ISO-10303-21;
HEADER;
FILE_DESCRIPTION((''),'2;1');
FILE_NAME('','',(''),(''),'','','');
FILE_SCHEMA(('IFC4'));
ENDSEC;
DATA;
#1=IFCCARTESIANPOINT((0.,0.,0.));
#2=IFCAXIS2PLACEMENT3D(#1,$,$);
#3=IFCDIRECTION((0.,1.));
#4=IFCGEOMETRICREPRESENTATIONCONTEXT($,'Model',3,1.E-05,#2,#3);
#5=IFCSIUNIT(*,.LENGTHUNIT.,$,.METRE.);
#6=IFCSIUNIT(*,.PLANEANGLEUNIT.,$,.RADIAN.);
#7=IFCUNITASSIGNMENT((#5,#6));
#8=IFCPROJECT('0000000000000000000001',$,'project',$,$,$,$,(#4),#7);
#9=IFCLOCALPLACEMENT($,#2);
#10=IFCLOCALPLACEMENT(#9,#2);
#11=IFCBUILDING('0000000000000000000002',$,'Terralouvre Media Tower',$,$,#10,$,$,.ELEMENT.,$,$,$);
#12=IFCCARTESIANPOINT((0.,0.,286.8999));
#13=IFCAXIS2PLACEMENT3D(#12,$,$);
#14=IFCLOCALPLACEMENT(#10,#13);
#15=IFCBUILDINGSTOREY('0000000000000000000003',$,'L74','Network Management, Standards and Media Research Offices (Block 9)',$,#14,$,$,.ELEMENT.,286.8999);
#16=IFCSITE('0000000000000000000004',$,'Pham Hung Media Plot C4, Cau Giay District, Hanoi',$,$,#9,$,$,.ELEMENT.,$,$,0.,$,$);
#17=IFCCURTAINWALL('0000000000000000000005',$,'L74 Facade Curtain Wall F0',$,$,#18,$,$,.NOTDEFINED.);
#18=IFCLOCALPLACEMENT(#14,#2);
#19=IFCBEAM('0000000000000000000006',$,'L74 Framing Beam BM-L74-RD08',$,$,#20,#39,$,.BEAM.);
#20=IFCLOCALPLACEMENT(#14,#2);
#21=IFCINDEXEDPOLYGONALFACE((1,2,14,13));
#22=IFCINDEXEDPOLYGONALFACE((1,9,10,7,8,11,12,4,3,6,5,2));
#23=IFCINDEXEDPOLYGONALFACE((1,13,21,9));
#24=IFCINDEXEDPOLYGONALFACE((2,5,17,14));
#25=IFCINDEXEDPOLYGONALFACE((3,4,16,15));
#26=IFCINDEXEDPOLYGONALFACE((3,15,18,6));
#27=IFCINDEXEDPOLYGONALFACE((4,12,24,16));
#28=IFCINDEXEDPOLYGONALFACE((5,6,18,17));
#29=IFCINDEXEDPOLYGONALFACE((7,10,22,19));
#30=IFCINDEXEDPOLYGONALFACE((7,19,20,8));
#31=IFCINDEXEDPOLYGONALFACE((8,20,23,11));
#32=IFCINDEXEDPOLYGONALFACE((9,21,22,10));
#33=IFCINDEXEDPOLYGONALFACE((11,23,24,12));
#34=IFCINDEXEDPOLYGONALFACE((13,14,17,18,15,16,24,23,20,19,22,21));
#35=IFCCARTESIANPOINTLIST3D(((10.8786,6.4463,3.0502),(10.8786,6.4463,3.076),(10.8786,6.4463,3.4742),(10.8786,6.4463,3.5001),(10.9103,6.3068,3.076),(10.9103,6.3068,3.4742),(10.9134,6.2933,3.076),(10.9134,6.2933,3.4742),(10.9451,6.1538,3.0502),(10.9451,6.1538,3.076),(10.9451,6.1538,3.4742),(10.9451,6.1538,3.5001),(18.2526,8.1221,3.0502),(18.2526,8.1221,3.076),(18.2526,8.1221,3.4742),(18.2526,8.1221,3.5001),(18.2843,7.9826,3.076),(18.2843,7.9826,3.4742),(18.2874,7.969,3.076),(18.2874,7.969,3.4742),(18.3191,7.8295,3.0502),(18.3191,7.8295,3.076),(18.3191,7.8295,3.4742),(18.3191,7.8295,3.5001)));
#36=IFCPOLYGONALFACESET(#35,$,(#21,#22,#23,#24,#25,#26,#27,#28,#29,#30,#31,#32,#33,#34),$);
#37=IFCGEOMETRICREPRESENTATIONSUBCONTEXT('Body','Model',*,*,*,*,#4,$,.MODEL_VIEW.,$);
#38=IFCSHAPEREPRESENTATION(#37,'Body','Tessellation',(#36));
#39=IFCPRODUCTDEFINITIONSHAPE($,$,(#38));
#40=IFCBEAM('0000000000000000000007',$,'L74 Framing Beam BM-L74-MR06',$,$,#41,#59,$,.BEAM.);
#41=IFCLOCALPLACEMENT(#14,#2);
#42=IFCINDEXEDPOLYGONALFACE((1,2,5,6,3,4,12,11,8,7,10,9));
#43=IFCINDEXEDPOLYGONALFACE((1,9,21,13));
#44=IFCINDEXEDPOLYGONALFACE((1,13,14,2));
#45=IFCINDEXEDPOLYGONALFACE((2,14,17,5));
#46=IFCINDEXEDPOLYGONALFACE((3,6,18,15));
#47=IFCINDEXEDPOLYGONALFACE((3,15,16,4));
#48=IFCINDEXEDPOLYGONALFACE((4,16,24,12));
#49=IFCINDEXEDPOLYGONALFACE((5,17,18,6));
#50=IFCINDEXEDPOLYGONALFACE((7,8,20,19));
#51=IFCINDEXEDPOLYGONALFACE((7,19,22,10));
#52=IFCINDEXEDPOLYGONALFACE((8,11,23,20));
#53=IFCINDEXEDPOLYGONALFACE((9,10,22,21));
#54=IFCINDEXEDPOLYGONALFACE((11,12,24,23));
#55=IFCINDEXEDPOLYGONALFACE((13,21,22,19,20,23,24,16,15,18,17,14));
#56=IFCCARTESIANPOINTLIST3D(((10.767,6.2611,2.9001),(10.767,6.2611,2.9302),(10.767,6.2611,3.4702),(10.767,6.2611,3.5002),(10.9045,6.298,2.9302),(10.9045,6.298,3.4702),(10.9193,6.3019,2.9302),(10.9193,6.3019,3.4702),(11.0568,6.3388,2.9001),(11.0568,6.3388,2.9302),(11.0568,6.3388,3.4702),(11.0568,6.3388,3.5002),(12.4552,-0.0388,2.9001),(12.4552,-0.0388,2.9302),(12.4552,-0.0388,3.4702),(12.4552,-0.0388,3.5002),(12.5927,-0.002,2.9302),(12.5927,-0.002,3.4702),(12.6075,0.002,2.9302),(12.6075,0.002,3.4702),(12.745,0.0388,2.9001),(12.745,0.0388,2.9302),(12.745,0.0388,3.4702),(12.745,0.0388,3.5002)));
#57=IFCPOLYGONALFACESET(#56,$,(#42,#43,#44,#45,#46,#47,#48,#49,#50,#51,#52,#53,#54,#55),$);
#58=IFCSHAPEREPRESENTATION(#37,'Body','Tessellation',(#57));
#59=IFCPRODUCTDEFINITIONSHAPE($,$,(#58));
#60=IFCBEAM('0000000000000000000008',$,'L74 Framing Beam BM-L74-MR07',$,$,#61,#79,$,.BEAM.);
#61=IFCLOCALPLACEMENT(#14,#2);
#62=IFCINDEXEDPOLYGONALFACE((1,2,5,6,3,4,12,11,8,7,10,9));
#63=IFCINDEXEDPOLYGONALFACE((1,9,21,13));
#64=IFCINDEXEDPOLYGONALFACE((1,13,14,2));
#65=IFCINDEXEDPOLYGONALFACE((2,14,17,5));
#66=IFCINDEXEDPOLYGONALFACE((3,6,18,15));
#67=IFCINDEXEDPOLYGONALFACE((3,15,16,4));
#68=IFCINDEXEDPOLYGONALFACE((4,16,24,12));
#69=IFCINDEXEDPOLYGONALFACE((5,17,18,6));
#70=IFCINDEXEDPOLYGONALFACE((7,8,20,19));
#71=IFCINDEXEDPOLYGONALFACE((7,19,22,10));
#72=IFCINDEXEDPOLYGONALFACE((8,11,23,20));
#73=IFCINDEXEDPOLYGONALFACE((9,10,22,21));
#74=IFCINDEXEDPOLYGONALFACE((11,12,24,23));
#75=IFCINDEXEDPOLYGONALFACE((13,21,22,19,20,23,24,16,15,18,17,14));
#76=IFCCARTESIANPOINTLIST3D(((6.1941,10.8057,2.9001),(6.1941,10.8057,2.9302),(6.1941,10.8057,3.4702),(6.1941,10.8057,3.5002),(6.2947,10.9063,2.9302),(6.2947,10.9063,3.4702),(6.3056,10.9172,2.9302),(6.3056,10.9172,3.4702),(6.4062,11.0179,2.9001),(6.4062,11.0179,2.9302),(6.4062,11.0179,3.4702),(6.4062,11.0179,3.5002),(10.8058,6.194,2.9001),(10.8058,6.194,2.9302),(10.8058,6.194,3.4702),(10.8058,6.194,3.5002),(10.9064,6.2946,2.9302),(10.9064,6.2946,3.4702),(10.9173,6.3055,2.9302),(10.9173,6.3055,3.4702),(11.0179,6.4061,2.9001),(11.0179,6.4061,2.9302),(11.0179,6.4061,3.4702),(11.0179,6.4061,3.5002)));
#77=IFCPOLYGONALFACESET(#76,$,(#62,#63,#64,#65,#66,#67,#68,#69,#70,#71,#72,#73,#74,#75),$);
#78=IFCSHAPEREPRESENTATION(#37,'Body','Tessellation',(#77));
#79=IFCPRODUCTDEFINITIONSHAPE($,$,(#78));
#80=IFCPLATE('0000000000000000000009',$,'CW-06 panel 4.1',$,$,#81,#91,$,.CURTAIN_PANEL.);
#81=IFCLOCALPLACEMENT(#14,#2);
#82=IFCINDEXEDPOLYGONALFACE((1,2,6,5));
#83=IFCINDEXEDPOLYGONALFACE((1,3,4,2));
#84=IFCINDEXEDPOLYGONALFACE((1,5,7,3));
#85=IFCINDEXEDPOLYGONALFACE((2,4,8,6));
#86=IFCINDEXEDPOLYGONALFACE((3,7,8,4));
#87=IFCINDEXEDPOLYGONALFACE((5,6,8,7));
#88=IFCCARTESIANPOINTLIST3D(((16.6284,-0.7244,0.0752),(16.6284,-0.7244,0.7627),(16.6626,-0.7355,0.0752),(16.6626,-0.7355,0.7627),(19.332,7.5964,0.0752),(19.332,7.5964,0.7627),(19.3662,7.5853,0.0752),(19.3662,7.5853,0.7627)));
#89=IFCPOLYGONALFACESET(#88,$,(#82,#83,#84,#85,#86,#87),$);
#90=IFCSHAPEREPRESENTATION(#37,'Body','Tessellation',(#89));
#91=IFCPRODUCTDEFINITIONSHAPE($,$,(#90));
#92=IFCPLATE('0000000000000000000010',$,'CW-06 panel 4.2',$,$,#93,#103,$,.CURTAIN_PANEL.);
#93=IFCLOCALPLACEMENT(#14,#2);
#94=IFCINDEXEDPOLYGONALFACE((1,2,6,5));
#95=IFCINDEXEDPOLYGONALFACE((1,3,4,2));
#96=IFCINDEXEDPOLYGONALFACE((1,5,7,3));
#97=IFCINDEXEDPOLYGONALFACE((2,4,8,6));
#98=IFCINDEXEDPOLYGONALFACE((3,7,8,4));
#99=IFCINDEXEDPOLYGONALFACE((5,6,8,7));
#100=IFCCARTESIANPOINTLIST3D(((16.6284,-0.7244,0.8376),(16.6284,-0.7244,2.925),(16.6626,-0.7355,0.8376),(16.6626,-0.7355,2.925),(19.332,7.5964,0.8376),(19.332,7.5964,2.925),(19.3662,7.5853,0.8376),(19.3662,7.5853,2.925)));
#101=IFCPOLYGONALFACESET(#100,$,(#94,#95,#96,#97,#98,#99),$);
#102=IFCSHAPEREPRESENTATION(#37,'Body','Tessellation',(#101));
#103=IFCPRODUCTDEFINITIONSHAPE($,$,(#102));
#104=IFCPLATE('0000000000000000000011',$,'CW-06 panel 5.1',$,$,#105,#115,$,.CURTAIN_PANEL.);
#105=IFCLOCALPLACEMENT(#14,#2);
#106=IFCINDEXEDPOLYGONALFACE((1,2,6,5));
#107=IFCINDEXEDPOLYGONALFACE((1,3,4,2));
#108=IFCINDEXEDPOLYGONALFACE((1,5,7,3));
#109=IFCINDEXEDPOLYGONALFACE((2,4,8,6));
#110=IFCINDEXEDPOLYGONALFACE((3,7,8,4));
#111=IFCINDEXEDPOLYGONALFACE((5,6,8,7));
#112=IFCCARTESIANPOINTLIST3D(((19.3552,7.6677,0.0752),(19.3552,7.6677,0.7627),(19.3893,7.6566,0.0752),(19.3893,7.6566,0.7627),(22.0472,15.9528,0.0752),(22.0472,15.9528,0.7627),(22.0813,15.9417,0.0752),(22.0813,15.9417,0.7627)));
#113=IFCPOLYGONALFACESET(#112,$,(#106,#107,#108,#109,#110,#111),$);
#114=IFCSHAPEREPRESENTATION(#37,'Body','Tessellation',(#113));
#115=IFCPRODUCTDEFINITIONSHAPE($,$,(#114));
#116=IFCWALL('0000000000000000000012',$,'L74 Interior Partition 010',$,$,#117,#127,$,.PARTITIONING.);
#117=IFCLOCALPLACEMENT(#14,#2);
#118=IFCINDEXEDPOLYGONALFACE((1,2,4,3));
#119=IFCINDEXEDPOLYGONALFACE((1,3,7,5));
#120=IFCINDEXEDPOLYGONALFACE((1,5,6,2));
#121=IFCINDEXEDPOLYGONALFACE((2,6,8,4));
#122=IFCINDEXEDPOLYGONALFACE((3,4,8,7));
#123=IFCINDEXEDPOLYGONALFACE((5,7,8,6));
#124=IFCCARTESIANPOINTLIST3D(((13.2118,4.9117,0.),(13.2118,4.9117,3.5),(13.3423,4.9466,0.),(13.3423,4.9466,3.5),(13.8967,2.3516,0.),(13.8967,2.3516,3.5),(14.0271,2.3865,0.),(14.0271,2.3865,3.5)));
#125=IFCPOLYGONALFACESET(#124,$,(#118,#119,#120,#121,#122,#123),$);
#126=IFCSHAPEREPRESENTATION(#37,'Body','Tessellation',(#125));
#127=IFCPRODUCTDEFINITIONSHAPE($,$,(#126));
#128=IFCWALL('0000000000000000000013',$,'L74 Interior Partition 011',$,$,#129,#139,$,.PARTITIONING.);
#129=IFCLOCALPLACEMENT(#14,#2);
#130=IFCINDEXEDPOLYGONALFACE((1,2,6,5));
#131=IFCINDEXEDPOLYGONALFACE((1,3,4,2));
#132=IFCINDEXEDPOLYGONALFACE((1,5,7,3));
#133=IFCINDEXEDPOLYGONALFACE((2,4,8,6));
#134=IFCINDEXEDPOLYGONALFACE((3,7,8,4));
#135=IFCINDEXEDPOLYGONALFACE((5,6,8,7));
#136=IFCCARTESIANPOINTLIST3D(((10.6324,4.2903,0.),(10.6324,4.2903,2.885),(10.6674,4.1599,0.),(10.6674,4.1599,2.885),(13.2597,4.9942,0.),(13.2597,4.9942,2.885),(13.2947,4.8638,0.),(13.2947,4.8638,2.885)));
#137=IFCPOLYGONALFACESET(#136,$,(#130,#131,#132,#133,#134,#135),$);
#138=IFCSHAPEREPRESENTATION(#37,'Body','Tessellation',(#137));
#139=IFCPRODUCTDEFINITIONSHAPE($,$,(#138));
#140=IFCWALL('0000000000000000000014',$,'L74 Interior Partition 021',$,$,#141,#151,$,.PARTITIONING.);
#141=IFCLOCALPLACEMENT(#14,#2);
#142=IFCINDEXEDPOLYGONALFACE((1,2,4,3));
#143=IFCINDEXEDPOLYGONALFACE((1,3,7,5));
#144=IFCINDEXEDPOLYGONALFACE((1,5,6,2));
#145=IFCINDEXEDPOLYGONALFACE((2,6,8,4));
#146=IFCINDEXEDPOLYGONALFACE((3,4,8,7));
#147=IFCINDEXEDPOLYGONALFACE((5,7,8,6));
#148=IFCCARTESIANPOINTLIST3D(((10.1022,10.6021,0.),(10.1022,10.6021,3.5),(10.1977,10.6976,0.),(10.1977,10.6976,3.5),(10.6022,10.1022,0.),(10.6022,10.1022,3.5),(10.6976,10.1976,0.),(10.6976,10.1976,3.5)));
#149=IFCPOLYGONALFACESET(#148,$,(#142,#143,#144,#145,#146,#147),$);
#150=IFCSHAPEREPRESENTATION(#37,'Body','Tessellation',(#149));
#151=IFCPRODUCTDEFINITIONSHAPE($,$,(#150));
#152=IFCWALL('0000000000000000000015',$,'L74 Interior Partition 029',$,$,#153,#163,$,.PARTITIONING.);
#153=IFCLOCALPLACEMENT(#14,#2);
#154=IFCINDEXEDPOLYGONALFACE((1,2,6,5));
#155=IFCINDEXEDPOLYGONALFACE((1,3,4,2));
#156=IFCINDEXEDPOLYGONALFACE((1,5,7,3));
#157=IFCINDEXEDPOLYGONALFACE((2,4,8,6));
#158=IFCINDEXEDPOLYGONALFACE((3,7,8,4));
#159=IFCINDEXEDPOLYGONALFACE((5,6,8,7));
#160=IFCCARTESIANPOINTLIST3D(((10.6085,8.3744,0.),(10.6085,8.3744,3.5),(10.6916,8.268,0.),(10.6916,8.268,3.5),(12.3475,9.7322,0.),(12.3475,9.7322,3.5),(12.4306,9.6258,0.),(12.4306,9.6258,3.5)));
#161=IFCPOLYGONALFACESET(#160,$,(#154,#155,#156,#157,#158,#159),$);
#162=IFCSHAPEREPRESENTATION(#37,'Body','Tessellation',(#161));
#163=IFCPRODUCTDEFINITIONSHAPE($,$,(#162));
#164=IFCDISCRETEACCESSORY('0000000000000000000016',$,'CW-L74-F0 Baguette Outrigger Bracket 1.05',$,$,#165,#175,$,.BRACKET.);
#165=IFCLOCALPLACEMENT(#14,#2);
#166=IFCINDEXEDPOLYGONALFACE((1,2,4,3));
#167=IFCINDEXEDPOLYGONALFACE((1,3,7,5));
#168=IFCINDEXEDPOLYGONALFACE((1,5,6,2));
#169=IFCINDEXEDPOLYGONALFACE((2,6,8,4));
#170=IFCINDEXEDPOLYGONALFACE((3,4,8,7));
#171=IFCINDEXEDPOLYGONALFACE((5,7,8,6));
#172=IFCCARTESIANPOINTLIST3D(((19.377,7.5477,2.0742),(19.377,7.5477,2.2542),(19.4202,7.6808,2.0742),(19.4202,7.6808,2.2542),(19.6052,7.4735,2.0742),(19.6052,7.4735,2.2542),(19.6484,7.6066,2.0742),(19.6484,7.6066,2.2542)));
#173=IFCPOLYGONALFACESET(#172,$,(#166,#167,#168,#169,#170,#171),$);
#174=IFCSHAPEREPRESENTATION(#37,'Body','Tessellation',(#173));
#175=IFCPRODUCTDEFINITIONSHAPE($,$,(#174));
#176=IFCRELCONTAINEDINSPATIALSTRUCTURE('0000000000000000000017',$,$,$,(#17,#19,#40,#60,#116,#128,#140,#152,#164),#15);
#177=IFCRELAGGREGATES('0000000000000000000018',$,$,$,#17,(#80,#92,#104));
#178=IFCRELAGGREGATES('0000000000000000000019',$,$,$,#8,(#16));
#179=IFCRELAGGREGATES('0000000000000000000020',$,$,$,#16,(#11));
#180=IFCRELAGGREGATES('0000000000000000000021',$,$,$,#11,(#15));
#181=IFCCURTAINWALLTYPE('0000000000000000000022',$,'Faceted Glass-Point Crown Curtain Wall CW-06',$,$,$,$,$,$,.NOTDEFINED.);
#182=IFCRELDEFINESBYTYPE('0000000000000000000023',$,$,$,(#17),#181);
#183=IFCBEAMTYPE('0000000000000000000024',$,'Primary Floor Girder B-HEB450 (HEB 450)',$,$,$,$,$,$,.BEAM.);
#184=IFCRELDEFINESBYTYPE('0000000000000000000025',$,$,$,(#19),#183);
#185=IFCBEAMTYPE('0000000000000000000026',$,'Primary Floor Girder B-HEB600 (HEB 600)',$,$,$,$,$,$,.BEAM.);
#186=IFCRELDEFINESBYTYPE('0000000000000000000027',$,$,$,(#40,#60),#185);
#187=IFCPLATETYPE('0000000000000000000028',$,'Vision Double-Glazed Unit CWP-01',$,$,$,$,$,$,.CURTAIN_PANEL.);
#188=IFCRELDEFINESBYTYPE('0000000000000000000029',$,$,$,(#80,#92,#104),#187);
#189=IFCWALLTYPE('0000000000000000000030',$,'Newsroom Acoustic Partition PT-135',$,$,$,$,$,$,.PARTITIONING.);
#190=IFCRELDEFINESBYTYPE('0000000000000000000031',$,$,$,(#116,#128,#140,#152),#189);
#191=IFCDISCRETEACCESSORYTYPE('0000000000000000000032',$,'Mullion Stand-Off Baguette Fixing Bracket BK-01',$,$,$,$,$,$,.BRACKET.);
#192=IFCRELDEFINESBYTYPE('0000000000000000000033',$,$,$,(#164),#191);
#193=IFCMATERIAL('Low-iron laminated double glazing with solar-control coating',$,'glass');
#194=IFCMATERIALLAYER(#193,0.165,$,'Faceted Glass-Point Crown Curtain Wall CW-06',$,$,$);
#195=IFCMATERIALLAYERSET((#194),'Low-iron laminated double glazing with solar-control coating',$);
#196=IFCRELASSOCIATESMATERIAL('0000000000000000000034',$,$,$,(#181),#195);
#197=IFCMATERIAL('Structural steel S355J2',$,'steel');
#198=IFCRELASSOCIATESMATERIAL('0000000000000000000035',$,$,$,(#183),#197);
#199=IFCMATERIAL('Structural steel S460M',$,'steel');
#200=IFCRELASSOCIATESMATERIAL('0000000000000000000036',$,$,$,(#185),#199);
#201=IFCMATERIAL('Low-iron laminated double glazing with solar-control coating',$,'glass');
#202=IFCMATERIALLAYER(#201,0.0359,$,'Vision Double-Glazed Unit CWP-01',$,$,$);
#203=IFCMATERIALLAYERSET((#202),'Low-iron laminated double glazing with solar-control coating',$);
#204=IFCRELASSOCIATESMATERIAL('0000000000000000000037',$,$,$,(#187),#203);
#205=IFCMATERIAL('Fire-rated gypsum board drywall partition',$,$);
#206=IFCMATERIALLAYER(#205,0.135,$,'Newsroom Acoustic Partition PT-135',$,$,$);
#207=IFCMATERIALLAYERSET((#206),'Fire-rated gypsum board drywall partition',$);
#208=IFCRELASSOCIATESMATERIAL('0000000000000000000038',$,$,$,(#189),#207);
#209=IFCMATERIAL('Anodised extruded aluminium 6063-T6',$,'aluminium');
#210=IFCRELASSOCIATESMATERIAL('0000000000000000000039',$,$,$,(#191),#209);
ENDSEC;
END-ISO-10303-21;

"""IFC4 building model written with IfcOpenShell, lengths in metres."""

from ifc_helpers import new_model, si_unit, direction, frame, frame_2d, origin, origin_2d, place, context, subcontext, project, spatial, rectangle, i_section, extrude, material, layer, layer_set, material_profile, profile_set, type_object, element, aggregate, save


model = new_model("IFC4")

# Units and contexts
model_context = context("Model", 3, precision=1e-05, world=origin(), true_north=direction((0.0, 1.0)))
body_context = subcontext(model_context, "Body", "Model", "MODEL_VIEW")
ifc_project = project(units=[si_unit("LENGTHUNIT", "METRE"), si_unit("PLANEANGLEUNIT", "RADIAN")], contexts=[model_context])

# Site, building, storey
site_placement = place(None, origin())
site = spatial("IfcSite", under=ifc_project, at=site_placement, Name="Pham Hung Media Plot C4, Cau Giay District, Hanoi", CompositionType="ELEMENT", RefElevation=0.0)
building_placement = place(site_placement, origin())
building = spatial("IfcBuilding", under=site, at=building_placement, Name="Terralouvre Media Tower", CompositionType="ELEMENT")
storey_placement = place(building_placement, frame((0.0, 0.0, 286.8999)))
storey = spatial("IfcBuildingStorey", under=building, at=storey_placement, Name="L74", Description="Network Management, Standards and Media Research Offices (Block 9)", CompositionType="ELEMENT", Elevation=286.8999)

# Curtain wall
ifc_material_1 = material(Name="Low-iron laminated double glazing with solar-control coating", Category="glass")
ifc_layer_1 = layer(ifc_material_1, 0.165, Name="Faceted Glass-Point Crown Curtain Wall CW-06")
ifc_layer_set_1 = layer_set([ifc_layer_1], Name="Low-iron laminated double glazing with solar-control coating")
curtain_wall_type = type_object("IfcCurtainWallType", Name="Faceted Glass-Point Crown Curtain Wall CW-06", PredefinedType="NOTDEFINED", material=ifc_layer_set_1)
curtain_wall_placement = place(storey_placement, origin())
curtain_wall = element("IfcCurtainWall", 1, at=curtain_wall_placement, inside=storey, type_object=curtain_wall_type, Name="L74 Facade Curtain Wall F0", PredefinedType="NOTDEFINED")

# Beams
ifc_material_2 = material(Name="Structural steel S355J2", Category="steel")
ifc_material_profile_1 = material_profile(ifc_material_2, i_section(OverallWidth=0.3, OverallDepth=0.45, WebThickness=0.0139, FlangeThickness=0.0259, at=origin_2d()), Name="HEB 450")
ifc_profile_set_1 = profile_set([ifc_material_profile_1], Name="Structural steel S355J2")
beam_type_1 = type_object("IfcBeamType", Name="Primary Floor Girder B-HEB450 (HEB 450)", PredefinedType="BEAM", material=ifc_profile_set_1)
beam_1_placement = place(storey_placement, frame((10.9119, 6.3, 3.2751), z_axis=(0.975137, 0.221604, 0.0), x_axis=(-0.221604, 0.975137, 0.0)))
element("IfcBeam", 2, at=beam_1_placement, inside=storey, type_object=beam_type_1, Name="L74 Framing Beam BM-L74-RD08", PredefinedType="BEAM", context=body_context, shape_type="SweptSolid", body=[
    extrude(i_section(OverallWidth=0.3, OverallDepth=0.45, WebThickness=0.0139, FlangeThickness=0.0259, at=origin_2d()), origin(), (0.0, 0.0, 1.0), 7.562),
])
ifc_material_3 = material(Name="Structural steel S460M", Category="steel")
ifc_material_profile_2 = material_profile(ifc_material_3, i_section(OverallWidth=0.3, OverallDepth=0.6001, WebThickness=0.0154, FlangeThickness=0.03, at=origin_2d()), Name="HEB 600")
ifc_profile_set_2 = profile_set([ifc_material_profile_2], Name="Structural steel S460M")
beam_type_2 = type_object("IfcBeamType", Name="Primary Floor Girder B-HEB600 (HEB 600)", PredefinedType="BEAM", material=ifc_profile_set_2)
beam_2_placement = place(storey_placement, frame((12.6001, 0.0, 3.2002), z_axis=(-0.258839, 0.96592, 0.0), x_axis=(-0.96592, -0.258839, 0.0)))
element("IfcBeam", 3, at=beam_2_placement, inside=storey, type_object=beam_type_2, Name="L74 Framing Beam BM-L74-MR06", PredefinedType="BEAM", context=body_context, shape_type="SweptSolid", body=[
    extrude(i_section(OverallWidth=0.3, OverallDepth=0.6001, WebThickness=0.0154, FlangeThickness=0.03, at=origin_2d()), origin(), (0.0, 0.0, 1.0), 6.5222),
])
beam_3_placement = place(storey_placement, frame((10.9119, 6.3, 3.2002), z_axis=(-0.707107, 0.707107, 0.0), x_axis=(-0.707107, -0.707107, 0.0)))
element("IfcBeam", 4, at=beam_3_placement, inside=storey, type_object=beam_type_2, Name="L74 Framing Beam BM-L74-MR07", PredefinedType="BEAM", context=body_context, shape_type="SweptSolid", body=[
    extrude(i_section(OverallWidth=0.3, OverallDepth=0.6001, WebThickness=0.0154, FlangeThickness=0.03, at=origin_2d()), origin(), (0.0, 0.0, 1.0), 6.522),
])

# Plates
ifc_material_4 = material(Name="Low-iron laminated double glazing with solar-control coating", Category="glass")
ifc_layer_2 = layer(ifc_material_4, 0.0359, Name="Vision Double-Glazed Unit CWP-01")
ifc_layer_set_2 = layer_set([ifc_layer_2], Name="Low-iron laminated double glazing with solar-control coating")
plate_type = type_object("IfcPlateType", Name="Vision Double-Glazed Unit CWP-01", PredefinedType="CURTAIN_PANEL", material=ifc_layer_set_2)
plate_1_placement = place(storey_placement, frame((17.9973, 3.4304, 0.0752), z_axis=(0.0, 0.0, 1.0), x_axis=(0.309017, 0.951057, 0.0)))
plate_1 = element("IfcPlate", 5, at=plate_1_placement, type_object=plate_type, Name="CW-06 panel 4.1", PredefinedType="CURTAIN_PANEL", context=body_context, shape_type="SweptSolid", body=[
    extrude(rectangle(XDim=8.749, YDim=0.0359, at=origin_2d()), origin(), (0.0, 0.0, 1.0), 0.6875),
])
plate_2_placement = place(storey_placement, frame((17.9973, 3.4304, 0.8376), z_axis=(0.0, 0.0, 1.0), x_axis=(0.309017, 0.951057, 0.0)))
plate_2 = element("IfcPlate", 6, at=plate_2_placement, type_object=plate_type, Name="CW-06 panel 4.2", PredefinedType="CURTAIN_PANEL", context=body_context, shape_type="SweptSolid", body=[
    extrude(rectangle(XDim=8.749, YDim=0.0359, at=origin_2d()), origin(), (0.0, 0.0, 1.0), 2.0874),
])
plate_3_placement = place(storey_placement, frame((20.7183, 11.8047, 0.0752), z_axis=(0.0, 0.0, 1.0), x_axis=(0.309017, 0.951057, 0.0)))
plate_3 = element("IfcPlate", 7, at=plate_3_placement, type_object=plate_type, Name="CW-06 panel 5.1", PredefinedType="CURTAIN_PANEL", context=body_context, shape_type="SweptSolid", body=[
    extrude(rectangle(XDim=8.7114, YDim=0.0359, at=origin_2d()), origin(), (0.0, 0.0, 1.0), 0.6875),
])
aggregate(curtain_wall, [plate_1, plate_2, plate_3])

# Walls
ifc_material_5 = material(Name="Fire-rated gypsum board drywall partition")
ifc_layer_3 = layer(ifc_material_5, 0.135, Name="Newsroom Acoustic Partition PT-135")
ifc_layer_set_3 = layer_set([ifc_layer_3], Name="Fire-rated gypsum board drywall partition")
wall_type = type_object("IfcWallType", Name="Newsroom Acoustic Partition PT-135", PredefinedType="PARTITIONING", material=ifc_layer_set_3)
wall_1_placement = place(storey_placement, frame((13.9619, 2.3689, 0.0), z_axis=(0.0, 0.0, 1.0), x_axis=(-0.258414, 0.966034, 0.0)))
element("IfcWall", 8, at=wall_1_placement, inside=storey, type_object=wall_type, Name="L74 Interior Partition 010", PredefinedType="PARTITIONING", context=body_context, shape_type="SweptSolid", body=[
    extrude(rectangle(XDim=2.6501, YDim=0.135, at=frame_2d((1.3252, 0.0))), origin(), (0.0, 0.0, 1.0), 3.5),
])
wall_2_placement = place(storey_placement, frame((13.2771, 4.929, 0.0), z_axis=(0.0, 0.0, 1.0), x_axis=(-0.965935, -0.258785, 0.0)))
element("IfcWall", 9, at=wall_2_placement, inside=storey, type_object=wall_type, Name="L74 Interior Partition 011", PredefinedType="PARTITIONING", context=body_context, shape_type="SweptSolid", body=[
    extrude(rectangle(XDim=2.72, YDim=0.135, at=frame_2d((1.3599, 0.0))), origin(), (0.0, 0.0, 1.0), 2.885),
])
wall_3_placement = place(storey_placement, frame((10.6499, 10.1499, 0.0), z_axis=(0.0, 0.0, 1.0), x_axis=(-0.707107, 0.707107, 0.0)))
element("IfcWall", 10, at=wall_3_placement, inside=storey, type_object=wall_type, Name="L74 Interior Partition 021", PredefinedType="PARTITIONING", context=body_context, shape_type="SweptSolid", body=[
    extrude(rectangle(XDim=0.707, YDim=0.135, at=frame_2d((0.3535, 0.0))), origin(), (0.0, 0.0, 1.0), 3.5),
])
wall_4_placement = place(storey_placement, frame((12.3889, 9.679, 0.0), z_axis=(0.0, 0.0, 1.0), x_axis=(-0.788177, -0.615449, 0.0)))
element("IfcWall", 11, at=wall_4_placement, inside=storey, type_object=wall_type, Name="L74 Interior Partition 029", PredefinedType="PARTITIONING", context=body_context, shape_type="SweptSolid", body=[
    extrude(rectangle(XDim=2.2063, YDim=0.135, at=frame_2d((1.103, 0.0))), origin(), (0.0, 0.0, 1.0), 3.5),
])

# Discrete accessory
ifc_material_6 = material(Name="Anodised extruded aluminium 6063-T6", Category="aluminium")
discrete_accessory_type = type_object("IfcDiscreteAccessoryType", Name="Mullion Stand-Off Baguette Fixing Bracket BK-01", PredefinedType="BRACKET", material=ifc_material_6)
discrete_accessory_placement = place(storey_placement, frame((19.5127, 7.5771, 2.0742), z_axis=(0.0, 0.0, 1.0), x_axis=(0.309017, 0.951057, 0.0)))
element("IfcDiscreteAccessory", 12, at=discrete_accessory_placement, inside=storey, type_object=discrete_accessory_type, Name="CW-L74-F0 Baguette Outrigger Bracket 1.05", PredefinedType="BRACKET", context=body_context, shape_type="SweptSolid", body=[
    extrude(rectangle(XDim=0.1399, YDim=0.24, at=origin_2d()), origin(), (0.0, 0.0, 1.0), 0.1799),
])

save(model, "model.ifc")
